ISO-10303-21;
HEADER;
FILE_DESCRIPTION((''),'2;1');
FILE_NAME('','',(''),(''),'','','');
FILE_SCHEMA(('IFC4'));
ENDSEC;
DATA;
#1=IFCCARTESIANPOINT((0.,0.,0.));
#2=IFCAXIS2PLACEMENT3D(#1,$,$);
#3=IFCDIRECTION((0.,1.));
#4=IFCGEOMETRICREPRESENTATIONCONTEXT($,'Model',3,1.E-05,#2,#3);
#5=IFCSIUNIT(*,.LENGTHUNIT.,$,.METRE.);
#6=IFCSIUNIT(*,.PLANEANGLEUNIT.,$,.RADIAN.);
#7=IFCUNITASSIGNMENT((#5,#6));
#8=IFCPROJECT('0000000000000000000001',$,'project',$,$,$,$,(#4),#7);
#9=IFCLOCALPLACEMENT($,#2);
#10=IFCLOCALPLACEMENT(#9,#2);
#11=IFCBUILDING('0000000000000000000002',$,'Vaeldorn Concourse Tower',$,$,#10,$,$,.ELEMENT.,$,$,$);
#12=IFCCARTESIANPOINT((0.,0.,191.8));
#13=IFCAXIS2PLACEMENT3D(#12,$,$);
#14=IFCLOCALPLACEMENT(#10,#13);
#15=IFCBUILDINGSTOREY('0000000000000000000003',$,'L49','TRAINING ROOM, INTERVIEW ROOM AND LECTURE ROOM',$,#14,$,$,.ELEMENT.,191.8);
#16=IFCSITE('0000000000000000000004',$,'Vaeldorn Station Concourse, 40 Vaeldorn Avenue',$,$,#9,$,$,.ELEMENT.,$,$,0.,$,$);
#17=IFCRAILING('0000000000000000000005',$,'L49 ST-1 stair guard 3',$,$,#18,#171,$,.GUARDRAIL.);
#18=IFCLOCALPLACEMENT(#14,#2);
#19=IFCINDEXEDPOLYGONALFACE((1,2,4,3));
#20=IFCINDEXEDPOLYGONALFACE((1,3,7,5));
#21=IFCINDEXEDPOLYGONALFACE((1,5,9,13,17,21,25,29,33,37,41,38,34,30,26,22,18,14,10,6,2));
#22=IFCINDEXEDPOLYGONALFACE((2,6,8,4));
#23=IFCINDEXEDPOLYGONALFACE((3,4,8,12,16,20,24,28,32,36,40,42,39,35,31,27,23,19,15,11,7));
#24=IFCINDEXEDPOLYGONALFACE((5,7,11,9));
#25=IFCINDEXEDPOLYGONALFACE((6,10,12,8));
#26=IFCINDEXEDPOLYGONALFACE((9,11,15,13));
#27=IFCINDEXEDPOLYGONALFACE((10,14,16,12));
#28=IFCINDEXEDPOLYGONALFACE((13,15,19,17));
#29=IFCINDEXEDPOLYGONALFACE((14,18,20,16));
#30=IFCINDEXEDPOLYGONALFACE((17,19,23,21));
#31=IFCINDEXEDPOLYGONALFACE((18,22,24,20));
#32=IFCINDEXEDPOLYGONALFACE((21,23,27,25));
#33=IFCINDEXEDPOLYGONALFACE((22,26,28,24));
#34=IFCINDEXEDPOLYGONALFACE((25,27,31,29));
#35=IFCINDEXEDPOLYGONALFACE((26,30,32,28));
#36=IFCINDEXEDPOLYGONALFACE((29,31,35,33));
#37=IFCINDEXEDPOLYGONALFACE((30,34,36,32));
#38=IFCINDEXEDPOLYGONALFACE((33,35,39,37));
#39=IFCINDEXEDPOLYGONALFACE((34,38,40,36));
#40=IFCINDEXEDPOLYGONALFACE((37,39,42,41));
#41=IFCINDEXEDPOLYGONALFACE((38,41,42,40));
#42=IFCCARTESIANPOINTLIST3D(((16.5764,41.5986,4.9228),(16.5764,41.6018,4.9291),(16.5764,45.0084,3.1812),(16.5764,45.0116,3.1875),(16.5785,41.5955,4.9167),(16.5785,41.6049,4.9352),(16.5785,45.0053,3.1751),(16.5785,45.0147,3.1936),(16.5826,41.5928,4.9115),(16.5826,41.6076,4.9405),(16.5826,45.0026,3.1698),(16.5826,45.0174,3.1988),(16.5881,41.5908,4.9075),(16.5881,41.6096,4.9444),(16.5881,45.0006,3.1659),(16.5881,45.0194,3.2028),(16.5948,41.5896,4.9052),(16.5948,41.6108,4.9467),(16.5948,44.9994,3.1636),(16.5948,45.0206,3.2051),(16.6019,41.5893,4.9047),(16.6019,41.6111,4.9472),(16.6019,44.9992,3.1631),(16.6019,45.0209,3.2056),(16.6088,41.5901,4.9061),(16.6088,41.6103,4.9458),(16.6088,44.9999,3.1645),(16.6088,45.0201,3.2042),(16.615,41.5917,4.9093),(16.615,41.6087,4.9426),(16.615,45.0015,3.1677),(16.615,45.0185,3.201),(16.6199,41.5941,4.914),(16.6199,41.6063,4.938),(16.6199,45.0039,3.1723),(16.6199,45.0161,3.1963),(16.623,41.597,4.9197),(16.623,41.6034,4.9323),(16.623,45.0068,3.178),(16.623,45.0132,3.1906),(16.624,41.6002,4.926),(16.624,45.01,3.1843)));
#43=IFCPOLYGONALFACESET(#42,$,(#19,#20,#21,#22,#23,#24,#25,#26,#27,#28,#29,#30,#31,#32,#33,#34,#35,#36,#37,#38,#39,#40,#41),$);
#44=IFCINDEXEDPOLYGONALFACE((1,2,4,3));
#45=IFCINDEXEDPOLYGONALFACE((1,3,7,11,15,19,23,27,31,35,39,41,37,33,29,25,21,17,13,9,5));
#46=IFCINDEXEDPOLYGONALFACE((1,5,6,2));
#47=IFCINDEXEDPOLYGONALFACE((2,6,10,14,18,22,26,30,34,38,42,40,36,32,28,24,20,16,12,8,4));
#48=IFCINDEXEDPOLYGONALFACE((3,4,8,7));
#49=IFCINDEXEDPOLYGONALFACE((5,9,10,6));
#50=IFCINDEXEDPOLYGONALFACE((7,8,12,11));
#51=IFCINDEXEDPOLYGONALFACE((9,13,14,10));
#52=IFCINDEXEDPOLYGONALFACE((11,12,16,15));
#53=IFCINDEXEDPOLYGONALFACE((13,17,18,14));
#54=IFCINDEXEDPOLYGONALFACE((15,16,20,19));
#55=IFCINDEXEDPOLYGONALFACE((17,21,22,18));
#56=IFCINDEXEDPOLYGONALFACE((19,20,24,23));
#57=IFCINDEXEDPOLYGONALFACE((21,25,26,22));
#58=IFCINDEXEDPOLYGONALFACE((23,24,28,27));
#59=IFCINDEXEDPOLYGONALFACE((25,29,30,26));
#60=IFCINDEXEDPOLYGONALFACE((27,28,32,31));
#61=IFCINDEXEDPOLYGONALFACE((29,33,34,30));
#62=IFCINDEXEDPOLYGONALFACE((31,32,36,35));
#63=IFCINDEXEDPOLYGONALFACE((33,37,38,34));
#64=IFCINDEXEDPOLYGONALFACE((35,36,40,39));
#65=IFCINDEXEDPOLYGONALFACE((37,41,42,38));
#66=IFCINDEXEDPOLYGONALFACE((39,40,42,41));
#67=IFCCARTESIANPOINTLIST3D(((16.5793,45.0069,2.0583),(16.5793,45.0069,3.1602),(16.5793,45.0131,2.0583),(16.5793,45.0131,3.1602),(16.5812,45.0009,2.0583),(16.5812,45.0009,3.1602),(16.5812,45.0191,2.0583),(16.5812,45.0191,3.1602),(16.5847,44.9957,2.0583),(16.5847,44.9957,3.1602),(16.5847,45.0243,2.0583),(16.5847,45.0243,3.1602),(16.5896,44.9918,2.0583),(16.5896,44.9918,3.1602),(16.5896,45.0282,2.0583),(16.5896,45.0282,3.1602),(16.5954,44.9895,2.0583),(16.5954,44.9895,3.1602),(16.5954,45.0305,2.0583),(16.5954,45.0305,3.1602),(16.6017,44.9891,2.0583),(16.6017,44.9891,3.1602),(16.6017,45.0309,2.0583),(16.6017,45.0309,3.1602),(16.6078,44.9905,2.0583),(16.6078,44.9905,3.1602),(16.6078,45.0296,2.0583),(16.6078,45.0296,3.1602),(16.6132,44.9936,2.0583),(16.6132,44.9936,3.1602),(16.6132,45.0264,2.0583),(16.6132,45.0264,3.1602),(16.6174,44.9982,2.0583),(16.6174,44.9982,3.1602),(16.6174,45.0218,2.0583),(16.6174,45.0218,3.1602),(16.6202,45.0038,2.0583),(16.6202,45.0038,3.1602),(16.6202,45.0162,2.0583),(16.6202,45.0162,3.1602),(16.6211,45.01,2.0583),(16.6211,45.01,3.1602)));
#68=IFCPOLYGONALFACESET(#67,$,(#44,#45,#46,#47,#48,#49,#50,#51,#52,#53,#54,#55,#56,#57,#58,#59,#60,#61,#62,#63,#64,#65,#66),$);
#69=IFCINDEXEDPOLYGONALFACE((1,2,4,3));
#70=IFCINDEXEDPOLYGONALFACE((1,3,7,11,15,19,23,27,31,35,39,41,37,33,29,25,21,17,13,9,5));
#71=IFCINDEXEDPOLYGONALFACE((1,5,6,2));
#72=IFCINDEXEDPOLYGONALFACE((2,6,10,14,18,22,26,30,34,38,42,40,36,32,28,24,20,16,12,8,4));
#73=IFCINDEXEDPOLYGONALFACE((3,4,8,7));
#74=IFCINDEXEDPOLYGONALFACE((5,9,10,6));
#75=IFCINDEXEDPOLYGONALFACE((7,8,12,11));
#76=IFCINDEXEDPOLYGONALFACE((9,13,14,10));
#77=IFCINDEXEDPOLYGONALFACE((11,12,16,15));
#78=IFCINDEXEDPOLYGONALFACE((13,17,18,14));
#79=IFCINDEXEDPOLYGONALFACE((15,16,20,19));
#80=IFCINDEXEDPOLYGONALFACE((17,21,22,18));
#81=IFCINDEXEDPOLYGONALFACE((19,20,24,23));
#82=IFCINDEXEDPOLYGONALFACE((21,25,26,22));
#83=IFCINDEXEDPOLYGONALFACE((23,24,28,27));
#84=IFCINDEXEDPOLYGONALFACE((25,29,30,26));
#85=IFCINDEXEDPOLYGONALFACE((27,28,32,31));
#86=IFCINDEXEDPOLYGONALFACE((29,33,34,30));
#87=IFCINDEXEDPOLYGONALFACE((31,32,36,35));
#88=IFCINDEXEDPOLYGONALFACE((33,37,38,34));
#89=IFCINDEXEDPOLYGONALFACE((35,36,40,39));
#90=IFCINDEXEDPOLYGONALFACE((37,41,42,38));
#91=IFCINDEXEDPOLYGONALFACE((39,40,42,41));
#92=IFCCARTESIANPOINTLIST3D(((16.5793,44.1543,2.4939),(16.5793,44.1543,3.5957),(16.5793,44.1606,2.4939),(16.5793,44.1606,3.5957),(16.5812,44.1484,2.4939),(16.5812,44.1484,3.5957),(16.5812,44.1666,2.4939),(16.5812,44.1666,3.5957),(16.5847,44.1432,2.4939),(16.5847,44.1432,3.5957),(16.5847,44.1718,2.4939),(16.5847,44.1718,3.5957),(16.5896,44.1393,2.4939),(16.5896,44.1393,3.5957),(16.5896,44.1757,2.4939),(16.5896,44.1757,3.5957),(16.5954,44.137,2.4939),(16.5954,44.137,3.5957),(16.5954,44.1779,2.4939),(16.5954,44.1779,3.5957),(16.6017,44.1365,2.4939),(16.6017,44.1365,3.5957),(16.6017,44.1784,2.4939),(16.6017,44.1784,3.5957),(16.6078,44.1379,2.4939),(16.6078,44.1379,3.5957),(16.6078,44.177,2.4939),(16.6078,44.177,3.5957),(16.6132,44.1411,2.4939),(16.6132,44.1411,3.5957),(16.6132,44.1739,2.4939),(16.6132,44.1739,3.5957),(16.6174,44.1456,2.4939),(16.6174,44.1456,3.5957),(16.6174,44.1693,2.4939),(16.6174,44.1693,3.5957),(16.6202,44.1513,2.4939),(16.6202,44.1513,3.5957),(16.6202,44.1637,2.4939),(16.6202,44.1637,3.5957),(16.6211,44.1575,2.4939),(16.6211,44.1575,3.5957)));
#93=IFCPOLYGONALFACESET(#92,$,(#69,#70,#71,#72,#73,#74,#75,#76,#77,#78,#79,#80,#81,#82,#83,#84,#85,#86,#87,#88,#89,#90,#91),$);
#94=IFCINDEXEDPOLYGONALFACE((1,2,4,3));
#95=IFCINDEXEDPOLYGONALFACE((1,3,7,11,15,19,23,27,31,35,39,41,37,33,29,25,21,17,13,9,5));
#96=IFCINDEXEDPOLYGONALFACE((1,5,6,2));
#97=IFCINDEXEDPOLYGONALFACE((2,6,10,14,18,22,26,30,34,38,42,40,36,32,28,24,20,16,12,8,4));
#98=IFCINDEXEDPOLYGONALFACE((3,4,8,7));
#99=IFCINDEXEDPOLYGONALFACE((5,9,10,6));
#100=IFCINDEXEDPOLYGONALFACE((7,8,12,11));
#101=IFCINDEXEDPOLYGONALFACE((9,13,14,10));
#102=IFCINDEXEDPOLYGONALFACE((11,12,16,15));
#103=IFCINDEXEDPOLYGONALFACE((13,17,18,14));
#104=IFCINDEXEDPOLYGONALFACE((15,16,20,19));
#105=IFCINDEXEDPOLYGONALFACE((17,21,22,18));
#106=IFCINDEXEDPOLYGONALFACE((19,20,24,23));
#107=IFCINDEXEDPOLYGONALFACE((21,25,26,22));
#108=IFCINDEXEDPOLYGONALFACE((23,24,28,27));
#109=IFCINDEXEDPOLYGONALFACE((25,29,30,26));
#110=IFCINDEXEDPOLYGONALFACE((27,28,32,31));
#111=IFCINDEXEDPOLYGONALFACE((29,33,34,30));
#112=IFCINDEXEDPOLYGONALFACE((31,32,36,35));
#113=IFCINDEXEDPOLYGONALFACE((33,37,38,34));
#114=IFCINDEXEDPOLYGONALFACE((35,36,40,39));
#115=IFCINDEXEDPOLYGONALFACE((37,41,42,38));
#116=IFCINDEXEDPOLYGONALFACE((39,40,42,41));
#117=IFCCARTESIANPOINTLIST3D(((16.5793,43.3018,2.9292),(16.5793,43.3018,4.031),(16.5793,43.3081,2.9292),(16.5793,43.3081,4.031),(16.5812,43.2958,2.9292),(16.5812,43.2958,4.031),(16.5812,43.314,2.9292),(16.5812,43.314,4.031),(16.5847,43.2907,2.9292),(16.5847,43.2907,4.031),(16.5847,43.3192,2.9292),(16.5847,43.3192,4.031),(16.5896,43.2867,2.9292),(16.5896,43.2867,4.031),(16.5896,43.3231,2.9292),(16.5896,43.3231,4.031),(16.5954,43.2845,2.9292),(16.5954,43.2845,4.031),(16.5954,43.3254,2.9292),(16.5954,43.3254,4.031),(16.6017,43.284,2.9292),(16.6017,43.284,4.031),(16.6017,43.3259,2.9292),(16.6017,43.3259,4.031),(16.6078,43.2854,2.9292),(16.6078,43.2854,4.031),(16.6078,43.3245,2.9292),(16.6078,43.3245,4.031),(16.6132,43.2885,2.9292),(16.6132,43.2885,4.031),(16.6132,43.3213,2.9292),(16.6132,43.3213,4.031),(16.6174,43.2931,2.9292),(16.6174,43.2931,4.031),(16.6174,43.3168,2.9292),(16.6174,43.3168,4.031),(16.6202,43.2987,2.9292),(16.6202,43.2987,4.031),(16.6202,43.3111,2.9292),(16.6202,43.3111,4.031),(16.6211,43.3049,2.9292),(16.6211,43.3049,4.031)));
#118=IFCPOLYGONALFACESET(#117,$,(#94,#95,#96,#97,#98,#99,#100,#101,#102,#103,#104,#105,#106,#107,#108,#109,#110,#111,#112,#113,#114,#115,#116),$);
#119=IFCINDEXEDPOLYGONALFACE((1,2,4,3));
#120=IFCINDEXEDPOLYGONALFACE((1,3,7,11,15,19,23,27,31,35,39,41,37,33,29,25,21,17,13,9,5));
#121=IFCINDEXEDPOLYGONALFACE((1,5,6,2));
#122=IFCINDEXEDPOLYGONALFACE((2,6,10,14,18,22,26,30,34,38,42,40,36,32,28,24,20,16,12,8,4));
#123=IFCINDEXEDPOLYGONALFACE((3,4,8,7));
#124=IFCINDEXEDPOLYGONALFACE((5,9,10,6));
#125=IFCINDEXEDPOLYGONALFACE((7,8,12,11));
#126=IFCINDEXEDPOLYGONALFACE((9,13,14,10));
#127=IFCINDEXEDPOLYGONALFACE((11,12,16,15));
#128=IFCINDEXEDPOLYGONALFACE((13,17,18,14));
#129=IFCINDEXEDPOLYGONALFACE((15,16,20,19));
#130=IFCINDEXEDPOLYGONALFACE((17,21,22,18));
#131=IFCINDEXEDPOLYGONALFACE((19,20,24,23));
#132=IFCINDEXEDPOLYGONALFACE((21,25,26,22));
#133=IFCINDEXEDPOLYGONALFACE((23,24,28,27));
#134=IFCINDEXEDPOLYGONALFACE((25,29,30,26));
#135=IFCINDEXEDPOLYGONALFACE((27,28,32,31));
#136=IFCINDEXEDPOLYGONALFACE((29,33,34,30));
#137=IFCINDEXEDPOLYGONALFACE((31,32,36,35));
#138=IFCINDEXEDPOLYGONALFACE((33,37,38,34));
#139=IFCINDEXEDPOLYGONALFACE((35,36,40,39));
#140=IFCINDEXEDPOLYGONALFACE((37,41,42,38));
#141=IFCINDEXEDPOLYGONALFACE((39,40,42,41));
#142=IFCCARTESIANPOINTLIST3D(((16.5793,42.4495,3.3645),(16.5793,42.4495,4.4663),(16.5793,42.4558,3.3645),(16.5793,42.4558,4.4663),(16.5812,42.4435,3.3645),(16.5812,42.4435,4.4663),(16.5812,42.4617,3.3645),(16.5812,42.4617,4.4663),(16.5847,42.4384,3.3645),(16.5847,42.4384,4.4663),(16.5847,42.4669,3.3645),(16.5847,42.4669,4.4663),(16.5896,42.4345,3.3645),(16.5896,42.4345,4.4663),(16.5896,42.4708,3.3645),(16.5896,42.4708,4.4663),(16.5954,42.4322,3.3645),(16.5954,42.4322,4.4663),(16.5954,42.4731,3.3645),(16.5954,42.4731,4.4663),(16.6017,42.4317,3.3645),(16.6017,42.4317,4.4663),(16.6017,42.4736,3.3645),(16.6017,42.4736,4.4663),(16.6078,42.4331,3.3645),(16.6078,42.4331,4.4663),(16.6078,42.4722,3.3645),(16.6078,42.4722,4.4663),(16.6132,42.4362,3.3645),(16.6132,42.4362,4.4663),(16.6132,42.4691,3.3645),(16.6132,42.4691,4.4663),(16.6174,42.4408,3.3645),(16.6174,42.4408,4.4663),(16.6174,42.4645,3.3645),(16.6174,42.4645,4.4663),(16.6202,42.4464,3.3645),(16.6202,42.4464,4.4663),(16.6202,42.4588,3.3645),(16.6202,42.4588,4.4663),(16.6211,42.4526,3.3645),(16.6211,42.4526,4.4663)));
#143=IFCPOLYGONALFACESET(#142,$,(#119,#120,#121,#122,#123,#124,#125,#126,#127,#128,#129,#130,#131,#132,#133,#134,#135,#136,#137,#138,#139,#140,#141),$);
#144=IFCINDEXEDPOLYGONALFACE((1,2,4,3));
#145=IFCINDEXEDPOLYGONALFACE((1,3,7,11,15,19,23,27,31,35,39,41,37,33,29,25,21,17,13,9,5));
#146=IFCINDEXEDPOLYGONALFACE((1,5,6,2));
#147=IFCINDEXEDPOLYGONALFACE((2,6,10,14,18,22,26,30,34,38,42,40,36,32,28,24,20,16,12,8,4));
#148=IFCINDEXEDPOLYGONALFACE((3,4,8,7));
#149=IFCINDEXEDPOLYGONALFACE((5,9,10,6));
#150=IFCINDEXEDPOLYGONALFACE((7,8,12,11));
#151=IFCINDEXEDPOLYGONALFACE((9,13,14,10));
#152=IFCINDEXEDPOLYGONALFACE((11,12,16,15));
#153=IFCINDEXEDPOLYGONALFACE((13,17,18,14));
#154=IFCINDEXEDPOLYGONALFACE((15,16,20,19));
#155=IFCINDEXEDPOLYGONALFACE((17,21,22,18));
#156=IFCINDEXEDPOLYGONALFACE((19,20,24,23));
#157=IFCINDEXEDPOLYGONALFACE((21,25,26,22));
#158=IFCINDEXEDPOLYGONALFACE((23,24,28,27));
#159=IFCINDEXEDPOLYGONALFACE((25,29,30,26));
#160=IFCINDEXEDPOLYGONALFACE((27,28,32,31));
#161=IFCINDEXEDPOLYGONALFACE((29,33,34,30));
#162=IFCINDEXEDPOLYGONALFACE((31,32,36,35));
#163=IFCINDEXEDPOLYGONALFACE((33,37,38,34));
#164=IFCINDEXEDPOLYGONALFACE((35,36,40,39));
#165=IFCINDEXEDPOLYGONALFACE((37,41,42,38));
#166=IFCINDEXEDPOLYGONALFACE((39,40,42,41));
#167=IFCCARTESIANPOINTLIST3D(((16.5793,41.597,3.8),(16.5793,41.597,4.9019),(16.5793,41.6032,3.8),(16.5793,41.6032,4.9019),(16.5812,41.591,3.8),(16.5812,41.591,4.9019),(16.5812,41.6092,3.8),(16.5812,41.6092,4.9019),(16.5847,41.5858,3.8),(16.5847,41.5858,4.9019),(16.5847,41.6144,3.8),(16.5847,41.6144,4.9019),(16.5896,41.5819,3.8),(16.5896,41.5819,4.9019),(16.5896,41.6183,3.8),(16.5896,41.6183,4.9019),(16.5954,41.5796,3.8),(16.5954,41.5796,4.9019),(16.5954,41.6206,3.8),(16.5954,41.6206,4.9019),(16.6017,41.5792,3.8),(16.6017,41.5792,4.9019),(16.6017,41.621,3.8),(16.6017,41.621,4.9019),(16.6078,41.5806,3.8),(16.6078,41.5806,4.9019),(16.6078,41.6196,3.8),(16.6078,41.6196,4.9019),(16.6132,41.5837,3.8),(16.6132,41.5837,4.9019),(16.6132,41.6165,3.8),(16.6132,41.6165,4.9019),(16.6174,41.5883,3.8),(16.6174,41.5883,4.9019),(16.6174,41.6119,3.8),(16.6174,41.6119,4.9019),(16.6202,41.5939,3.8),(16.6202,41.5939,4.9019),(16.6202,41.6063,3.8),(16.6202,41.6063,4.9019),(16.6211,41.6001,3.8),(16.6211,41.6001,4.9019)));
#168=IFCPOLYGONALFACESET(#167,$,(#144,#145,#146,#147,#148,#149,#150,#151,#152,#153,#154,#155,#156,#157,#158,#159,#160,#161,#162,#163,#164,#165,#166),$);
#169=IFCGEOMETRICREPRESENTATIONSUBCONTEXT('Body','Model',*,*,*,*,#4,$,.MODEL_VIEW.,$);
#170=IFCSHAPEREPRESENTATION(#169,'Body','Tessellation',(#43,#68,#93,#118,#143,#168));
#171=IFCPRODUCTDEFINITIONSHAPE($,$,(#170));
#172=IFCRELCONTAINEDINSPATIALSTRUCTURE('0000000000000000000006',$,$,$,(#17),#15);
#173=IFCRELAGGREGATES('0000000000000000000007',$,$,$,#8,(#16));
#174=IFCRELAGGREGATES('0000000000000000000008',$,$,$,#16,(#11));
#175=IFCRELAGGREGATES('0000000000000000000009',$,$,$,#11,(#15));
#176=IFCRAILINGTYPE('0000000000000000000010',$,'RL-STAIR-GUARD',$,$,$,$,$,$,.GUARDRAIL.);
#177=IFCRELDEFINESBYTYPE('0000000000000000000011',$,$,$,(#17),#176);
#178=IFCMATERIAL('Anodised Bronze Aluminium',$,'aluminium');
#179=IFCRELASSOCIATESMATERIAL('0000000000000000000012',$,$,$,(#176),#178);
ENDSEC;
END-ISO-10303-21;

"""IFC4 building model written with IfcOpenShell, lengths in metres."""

from ifc_helpers import new_model, si_unit, direction, frame, origin, origin_2d, place, context, subcontext, project, spatial, circle, extrude, material, type_object, element, save


model = new_model("IFC4")

# Units and contexts
model_context = context("Model", 3, precision=1e-05, world=origin(), true_north=direction((0.0, 1.0)))
body_context = subcontext(model_context, "Body", "Model", "MODEL_VIEW")
ifc_project = project(units=[si_unit("LENGTHUNIT", "METRE"), si_unit("PLANEANGLEUNIT", "RADIAN")], contexts=[model_context])

# Site, building, storey
site_placement = place(None, origin())
site = spatial("IfcSite", under=ifc_project, at=site_placement, Name="Vaeldorn Station Concourse, 40 Vaeldorn Avenue", CompositionType="ELEMENT", RefElevation=0.0)
building_placement = place(site_placement, origin())
building = spatial("IfcBuilding", under=site, at=building_placement, Name="Vaeldorn Concourse Tower", CompositionType="ELEMENT")
storey_placement = place(building_placement, frame((0.0, 0.0, 191.8)))
storey = spatial("IfcBuildingStorey", under=building, at=storey_placement, Name="L49", Description="TRAINING ROOM, INTERVIEW ROOM AND LECTURE ROOM", CompositionType="ELEMENT", Elevation=191.8)

# Shared definitions
ifc_material_1 = material(Name="Anodised Bronze Aluminium", Category="aluminium")

# Railing
railing_type_1 = type_object("IfcRailingType", Name="RL-STAIR-GUARD", PredefinedType="GUARDRAIL", material=ifc_material_1)
railing_1_placement = place(storey_placement, frame((16.6001, 45.01, 2.0583)))
element("IfcRailing", 1, at=railing_1_placement, inside=storey, type_object=railing_type_1, Name="L49 ST-1 stair guard 3", PredefinedType="GUARDRAIL", context=body_context, shape_type="SweptSolid", body=[
    extrude(circle(Radius=0.0239, at=origin_2d()), frame((0.0, 0.0, 1.126), z_axis=(0.0, -0.890556, 0.454874), x_axis=(1.0, 0.0, 0.0)), (0.0, 0.0, 1.0), 3.8289),
    extrude(circle(Radius=0.021, at=origin_2d()), origin(), (0.0, 0.0, 1.0), 1.1018),
    extrude(circle(Radius=0.021, at=origin_2d()), frame((0.0, -0.8525, 0.4355)), (0.0, 0.0, 1.0), 1.1018),
    extrude(circle(Radius=0.021, at=origin_2d()), frame((0.0, -1.7051, 0.8708)), (0.0, 0.0, 1.0), 1.1018),
    extrude(circle(Radius=0.021, at=origin_2d()), frame((0.0, -2.5574, 1.3062)), (0.0, 0.0, 1.0), 1.1018),
    extrude(circle(Radius=0.021, at=origin_2d()), frame((0.0, -3.4099, 1.7417)), (0.0, 0.0, 1.0), 1.1018),
])

save(model, "model.ifc")
